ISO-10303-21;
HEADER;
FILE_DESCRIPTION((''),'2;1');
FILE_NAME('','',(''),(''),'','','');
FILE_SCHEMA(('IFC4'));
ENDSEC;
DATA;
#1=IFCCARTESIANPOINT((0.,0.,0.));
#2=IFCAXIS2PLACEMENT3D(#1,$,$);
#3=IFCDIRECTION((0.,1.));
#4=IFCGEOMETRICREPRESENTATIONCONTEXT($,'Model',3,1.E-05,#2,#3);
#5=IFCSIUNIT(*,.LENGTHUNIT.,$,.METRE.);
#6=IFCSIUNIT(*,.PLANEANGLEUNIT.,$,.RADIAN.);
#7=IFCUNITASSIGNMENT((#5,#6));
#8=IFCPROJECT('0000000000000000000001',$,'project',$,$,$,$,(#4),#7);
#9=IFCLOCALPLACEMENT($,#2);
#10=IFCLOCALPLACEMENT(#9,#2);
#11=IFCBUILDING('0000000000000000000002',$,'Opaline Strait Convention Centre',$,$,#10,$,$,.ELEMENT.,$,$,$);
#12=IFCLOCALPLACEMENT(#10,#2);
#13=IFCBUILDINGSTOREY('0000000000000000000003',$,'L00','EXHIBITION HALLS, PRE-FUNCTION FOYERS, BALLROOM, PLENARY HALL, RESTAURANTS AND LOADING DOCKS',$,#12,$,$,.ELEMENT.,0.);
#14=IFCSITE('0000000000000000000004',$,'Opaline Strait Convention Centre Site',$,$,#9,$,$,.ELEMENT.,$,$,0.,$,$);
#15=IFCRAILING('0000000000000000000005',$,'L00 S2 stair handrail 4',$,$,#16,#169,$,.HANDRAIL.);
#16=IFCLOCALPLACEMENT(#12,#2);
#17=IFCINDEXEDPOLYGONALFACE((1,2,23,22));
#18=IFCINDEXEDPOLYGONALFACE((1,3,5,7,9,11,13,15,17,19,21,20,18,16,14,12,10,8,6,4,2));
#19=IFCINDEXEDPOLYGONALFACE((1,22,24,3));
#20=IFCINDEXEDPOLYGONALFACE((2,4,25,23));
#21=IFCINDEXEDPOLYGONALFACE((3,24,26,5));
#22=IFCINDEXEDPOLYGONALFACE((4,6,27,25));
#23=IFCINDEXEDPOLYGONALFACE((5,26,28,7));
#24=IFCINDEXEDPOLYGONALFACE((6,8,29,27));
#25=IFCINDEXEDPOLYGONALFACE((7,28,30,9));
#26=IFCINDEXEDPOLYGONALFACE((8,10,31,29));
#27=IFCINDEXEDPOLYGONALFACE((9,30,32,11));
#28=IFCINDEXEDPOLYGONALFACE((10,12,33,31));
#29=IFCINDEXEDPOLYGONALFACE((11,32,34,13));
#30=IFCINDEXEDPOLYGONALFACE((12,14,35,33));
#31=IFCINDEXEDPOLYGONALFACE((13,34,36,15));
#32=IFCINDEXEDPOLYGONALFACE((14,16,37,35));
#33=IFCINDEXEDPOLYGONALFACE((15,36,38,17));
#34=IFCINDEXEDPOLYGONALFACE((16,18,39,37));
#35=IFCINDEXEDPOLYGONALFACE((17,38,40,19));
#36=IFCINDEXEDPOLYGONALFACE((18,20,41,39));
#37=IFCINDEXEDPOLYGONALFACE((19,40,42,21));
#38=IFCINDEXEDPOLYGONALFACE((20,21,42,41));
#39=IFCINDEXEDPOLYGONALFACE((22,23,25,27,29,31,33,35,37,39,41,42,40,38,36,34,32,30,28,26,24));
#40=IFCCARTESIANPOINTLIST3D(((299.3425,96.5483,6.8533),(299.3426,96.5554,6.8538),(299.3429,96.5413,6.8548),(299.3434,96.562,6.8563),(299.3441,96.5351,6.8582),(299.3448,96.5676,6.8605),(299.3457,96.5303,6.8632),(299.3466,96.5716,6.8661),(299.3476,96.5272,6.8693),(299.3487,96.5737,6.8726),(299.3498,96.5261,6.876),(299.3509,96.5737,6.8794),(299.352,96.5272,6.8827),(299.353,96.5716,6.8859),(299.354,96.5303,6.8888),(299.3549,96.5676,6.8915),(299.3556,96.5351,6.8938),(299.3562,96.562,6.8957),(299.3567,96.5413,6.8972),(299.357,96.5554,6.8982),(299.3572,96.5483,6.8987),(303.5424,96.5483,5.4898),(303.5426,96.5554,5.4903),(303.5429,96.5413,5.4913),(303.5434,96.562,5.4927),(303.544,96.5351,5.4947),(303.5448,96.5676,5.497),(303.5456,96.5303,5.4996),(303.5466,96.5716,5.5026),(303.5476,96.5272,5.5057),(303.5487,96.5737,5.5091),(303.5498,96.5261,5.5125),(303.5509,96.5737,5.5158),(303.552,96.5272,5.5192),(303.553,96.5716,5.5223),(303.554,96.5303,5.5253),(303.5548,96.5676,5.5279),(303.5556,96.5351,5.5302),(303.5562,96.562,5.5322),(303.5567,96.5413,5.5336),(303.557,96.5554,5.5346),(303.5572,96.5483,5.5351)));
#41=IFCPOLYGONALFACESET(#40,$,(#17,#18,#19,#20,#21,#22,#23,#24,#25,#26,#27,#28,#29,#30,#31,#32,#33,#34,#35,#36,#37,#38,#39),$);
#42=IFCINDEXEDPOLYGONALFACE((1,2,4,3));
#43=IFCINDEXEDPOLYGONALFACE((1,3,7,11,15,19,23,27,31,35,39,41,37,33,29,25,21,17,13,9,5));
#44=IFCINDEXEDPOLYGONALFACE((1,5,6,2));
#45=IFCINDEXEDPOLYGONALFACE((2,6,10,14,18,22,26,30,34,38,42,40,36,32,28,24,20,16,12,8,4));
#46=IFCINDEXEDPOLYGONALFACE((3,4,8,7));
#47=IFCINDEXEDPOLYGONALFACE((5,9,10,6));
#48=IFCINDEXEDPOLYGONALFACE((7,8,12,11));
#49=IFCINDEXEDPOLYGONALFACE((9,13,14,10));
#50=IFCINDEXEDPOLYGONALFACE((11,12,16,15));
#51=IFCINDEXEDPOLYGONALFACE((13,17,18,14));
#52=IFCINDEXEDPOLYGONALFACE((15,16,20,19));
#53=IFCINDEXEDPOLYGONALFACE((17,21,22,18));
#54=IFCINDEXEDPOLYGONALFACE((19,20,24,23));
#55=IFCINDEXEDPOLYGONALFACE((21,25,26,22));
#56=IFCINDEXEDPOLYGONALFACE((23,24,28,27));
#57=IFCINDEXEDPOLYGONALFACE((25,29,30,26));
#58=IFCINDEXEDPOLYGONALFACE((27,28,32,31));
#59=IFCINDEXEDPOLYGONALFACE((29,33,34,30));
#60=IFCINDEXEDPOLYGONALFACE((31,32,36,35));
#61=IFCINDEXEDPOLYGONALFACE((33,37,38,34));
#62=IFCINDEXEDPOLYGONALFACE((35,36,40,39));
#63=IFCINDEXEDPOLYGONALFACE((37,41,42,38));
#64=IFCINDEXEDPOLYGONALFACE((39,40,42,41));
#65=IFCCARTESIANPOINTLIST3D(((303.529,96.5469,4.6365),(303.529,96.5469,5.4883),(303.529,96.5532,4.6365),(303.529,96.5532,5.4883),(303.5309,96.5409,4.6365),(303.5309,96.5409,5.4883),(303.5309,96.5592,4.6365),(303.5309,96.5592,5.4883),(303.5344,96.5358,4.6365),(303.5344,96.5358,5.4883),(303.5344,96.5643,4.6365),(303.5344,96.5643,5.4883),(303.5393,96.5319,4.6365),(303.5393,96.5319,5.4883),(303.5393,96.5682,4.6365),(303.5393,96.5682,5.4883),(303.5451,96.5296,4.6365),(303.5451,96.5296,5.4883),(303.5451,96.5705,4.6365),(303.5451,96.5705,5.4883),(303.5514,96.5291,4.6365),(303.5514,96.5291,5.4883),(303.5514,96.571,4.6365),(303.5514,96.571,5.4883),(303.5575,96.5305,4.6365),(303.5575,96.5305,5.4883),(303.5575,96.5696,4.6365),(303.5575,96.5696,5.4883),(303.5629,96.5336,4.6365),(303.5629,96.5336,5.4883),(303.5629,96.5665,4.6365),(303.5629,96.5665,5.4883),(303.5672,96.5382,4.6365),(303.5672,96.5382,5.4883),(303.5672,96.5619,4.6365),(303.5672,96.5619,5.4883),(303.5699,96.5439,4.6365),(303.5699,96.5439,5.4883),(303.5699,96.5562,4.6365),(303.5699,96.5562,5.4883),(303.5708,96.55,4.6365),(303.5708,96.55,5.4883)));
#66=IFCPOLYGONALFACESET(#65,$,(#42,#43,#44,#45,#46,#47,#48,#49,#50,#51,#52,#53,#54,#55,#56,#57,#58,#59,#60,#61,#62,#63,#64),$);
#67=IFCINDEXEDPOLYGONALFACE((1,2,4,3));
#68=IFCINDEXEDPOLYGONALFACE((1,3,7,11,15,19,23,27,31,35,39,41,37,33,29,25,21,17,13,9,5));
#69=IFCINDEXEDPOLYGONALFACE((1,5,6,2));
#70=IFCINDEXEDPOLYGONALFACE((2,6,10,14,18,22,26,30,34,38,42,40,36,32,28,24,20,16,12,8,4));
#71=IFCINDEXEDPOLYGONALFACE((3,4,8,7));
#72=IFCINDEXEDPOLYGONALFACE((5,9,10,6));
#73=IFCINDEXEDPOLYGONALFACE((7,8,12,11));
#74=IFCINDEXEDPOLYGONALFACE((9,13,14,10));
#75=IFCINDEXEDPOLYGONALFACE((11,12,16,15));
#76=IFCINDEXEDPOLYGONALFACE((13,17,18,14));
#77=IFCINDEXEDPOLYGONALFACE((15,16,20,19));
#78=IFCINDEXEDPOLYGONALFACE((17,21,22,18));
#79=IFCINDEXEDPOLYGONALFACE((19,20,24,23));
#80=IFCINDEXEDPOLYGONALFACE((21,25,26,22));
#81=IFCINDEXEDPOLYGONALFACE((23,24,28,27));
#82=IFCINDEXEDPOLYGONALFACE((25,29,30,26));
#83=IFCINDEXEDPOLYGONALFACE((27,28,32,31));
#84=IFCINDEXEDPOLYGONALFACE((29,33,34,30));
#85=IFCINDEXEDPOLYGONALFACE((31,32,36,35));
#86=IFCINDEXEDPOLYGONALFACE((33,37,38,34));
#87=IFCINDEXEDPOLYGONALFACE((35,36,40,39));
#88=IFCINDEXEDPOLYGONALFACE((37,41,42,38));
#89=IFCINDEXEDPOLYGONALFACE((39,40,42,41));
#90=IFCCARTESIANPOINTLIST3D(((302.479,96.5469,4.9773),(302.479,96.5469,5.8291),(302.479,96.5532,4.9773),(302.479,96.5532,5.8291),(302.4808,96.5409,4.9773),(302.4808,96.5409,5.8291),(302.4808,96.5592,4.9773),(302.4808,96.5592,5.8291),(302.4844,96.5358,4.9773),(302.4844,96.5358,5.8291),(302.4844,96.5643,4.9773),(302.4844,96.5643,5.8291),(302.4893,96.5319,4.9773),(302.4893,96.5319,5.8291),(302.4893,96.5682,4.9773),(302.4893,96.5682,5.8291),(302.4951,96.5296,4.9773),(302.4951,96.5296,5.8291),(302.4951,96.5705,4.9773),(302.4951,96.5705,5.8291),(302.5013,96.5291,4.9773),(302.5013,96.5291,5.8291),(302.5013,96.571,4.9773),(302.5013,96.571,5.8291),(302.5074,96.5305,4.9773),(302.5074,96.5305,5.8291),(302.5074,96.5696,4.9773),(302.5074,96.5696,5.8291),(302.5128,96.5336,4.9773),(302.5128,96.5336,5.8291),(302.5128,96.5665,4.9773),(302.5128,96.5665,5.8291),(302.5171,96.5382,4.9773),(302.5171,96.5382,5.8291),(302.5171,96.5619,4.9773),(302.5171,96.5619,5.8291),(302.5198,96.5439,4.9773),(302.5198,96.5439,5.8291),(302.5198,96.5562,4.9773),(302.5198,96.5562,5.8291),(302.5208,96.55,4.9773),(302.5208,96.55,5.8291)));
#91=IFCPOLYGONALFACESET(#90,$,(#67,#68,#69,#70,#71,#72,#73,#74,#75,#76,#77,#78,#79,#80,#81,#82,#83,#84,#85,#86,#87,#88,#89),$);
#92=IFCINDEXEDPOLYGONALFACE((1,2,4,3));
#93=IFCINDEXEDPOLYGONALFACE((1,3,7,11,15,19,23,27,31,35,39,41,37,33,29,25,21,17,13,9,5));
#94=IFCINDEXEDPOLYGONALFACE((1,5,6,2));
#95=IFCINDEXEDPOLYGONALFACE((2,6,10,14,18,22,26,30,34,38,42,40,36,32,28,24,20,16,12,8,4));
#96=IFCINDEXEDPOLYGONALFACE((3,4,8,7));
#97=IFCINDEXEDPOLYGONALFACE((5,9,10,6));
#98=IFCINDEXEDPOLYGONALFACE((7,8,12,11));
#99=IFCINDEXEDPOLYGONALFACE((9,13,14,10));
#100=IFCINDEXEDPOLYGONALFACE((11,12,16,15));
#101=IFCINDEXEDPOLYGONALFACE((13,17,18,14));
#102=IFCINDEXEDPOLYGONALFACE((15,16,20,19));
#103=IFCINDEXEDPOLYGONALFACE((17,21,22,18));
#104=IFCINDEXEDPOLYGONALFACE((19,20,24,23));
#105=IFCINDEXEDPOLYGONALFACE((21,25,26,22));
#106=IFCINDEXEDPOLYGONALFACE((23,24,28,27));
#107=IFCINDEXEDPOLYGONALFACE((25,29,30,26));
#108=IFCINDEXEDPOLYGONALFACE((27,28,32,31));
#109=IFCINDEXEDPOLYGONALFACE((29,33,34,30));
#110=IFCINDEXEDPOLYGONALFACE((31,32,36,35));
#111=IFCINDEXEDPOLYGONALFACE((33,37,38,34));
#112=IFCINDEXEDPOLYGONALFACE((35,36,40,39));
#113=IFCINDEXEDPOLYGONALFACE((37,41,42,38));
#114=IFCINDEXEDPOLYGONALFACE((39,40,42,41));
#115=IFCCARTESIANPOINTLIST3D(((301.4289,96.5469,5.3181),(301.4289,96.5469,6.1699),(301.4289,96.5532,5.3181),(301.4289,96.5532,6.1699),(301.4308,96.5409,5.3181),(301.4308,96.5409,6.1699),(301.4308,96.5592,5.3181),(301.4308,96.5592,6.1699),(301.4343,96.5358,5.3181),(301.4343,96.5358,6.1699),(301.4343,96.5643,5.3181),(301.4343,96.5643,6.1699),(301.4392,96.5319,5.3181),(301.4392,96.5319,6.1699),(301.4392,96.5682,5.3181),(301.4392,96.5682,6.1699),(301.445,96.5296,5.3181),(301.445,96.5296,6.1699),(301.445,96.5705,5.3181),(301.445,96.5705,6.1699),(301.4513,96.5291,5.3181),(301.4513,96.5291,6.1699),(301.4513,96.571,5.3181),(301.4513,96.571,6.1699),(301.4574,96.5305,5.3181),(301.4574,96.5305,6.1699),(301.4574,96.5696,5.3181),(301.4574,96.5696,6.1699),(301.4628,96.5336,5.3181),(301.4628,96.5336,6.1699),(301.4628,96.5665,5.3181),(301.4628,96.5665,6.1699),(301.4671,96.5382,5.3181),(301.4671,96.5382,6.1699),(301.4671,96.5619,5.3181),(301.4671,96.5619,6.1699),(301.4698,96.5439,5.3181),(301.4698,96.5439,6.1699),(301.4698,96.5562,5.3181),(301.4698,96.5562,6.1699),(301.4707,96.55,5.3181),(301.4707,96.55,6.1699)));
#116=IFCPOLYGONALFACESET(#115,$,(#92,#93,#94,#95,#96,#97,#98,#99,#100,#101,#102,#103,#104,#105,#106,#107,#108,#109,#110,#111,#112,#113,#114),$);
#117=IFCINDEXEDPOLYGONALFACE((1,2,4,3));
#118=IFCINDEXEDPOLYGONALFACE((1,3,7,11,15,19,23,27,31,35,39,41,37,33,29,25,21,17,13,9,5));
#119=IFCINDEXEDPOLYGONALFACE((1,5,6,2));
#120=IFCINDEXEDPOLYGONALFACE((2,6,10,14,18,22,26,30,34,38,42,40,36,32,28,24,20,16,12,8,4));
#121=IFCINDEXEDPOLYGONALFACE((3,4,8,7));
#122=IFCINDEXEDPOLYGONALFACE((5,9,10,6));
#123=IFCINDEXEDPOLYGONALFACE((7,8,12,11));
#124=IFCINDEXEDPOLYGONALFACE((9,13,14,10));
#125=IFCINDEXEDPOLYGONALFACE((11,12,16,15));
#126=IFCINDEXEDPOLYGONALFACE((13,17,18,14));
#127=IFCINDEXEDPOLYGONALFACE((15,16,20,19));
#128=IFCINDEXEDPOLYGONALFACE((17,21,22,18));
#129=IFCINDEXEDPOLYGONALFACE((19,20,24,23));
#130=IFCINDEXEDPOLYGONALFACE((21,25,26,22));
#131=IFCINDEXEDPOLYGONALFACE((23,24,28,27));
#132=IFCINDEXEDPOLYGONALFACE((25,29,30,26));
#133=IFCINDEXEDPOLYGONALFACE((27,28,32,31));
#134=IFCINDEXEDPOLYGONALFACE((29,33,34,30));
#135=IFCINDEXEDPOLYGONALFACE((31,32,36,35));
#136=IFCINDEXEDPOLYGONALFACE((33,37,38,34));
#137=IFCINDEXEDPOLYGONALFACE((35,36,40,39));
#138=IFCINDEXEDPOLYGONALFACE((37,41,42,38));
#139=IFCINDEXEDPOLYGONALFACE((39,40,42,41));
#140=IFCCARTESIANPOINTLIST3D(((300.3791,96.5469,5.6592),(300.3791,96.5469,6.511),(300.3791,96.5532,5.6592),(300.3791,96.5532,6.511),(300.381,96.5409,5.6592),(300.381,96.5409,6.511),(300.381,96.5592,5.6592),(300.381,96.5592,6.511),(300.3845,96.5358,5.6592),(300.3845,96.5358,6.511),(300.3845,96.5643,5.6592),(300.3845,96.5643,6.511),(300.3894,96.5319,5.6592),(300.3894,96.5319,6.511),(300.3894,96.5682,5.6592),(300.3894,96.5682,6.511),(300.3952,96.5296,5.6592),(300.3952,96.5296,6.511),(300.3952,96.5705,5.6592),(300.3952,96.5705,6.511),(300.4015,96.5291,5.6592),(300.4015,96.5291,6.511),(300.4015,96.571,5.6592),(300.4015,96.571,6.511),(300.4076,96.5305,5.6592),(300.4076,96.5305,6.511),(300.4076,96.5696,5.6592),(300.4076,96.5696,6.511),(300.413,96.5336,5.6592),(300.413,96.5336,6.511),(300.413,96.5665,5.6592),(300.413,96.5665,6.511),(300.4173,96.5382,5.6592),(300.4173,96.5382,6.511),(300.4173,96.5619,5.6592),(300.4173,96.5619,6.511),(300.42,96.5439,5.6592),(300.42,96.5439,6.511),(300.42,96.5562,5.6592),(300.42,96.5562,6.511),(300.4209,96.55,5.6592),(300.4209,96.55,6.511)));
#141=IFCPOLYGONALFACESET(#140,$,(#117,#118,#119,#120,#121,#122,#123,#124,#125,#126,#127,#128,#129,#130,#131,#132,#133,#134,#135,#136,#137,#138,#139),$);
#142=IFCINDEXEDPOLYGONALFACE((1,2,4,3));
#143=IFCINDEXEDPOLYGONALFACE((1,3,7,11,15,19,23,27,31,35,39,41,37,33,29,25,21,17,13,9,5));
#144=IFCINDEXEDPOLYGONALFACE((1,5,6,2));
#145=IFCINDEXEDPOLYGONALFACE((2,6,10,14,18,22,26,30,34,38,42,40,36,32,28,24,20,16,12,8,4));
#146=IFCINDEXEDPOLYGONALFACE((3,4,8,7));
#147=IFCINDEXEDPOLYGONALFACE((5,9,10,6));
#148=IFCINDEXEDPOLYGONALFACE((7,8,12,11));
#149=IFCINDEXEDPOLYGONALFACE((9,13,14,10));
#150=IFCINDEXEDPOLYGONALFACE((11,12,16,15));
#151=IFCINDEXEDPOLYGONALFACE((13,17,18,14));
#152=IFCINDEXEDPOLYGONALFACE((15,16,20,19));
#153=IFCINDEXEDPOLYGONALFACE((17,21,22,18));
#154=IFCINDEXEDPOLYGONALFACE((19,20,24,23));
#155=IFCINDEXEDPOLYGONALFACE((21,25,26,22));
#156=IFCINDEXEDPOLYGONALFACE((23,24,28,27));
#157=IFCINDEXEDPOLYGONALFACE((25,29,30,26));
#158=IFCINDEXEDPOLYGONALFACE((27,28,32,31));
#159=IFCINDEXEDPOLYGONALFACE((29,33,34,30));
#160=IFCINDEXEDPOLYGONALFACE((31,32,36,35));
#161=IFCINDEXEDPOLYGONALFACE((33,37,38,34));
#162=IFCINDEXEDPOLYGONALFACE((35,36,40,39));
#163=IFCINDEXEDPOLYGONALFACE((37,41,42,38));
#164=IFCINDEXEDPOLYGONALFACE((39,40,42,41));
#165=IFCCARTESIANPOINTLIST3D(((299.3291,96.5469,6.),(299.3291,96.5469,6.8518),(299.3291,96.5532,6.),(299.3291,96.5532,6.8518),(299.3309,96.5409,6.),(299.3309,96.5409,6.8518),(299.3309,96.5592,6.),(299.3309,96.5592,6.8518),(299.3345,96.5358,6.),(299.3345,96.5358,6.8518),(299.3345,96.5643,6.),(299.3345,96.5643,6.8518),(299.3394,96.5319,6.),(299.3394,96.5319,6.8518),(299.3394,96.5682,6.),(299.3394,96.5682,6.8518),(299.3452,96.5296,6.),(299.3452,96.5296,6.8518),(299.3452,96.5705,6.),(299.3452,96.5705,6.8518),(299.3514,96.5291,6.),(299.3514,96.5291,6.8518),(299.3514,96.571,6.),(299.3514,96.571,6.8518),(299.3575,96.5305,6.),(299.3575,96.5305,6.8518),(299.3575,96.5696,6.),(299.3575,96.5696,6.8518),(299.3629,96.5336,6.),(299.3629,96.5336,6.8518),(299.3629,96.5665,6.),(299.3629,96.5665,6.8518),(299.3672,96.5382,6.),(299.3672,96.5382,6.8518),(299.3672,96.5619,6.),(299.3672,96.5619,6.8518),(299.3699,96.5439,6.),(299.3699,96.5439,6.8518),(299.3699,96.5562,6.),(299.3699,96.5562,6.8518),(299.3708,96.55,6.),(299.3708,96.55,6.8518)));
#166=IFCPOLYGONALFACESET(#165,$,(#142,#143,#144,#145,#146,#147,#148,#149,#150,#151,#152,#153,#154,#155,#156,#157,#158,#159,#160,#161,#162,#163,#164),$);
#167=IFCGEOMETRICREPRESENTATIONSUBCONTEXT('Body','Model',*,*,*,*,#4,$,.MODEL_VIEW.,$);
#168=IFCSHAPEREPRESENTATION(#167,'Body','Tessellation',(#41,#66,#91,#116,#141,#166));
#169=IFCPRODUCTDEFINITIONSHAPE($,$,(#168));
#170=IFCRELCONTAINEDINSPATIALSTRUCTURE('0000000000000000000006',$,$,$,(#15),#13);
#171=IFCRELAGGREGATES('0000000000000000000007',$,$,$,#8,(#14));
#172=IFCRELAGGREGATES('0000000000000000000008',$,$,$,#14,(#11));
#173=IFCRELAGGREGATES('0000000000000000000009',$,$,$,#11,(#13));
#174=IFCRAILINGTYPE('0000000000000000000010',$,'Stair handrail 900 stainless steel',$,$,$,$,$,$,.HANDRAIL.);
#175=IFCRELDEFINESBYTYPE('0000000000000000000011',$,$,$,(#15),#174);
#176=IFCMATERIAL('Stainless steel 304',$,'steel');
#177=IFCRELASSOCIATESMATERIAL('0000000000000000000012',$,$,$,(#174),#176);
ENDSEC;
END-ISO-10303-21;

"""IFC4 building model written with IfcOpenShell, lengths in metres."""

from ifc_helpers import new_model, si_unit, direction, frame, origin, origin_2d, place, context, subcontext, project, spatial, circle, extrude, material, type_object, element, save


model = new_model("IFC4")

# Units and contexts
model_context = context("Model", 3, precision=1e-05, world=origin(), true_north=direction((0.0, 1.0)))
body_context = subcontext(model_context, "Body", "Model", "MODEL_VIEW")
ifc_project = project(units=[si_unit("LENGTHUNIT", "METRE"), si_unit("PLANEANGLEUNIT", "RADIAN")], contexts=[model_context])

# Site, building, storey
site_placement = place(None, origin())
site = spatial("IfcSite", under=ifc_project, at=site_placement, Name="Opaline Strait Convention Centre Site", CompositionType="ELEMENT", RefElevation=0.0)
building_placement = place(site_placement, origin())
building = spatial("IfcBuilding", under=site, at=building_placement, Name="Opaline Strait Convention Centre", CompositionType="ELEMENT")
storey_placement = place(building_placement, origin())
storey = spatial("IfcBuildingStorey", under=building, at=storey_placement, Name="L00", Description="EXHIBITION HALLS, PRE-FUNCTION FOYERS, BALLROOM, PLENARY HALL, RESTAURANTS AND LOADING DOCKS", CompositionType="ELEMENT", Elevation=0.0)

# Railing
ifc_material_1 = material(Name="Stainless steel 304", Category="steel")
railing_type_1 = type_object("IfcRailingType", Name="Stair handrail 900 stainless steel", PredefinedType="HANDRAIL", material=ifc_material_1)
railing_1_placement = place(storey_placement, frame((303.5498, 96.55, 4.6365)))
element("IfcRailing", 1, at=railing_1_placement, inside=storey, type_object=railing_type_1, Name="L00 S2 stair handrail 4", PredefinedType="HANDRAIL", context=body_context, shape_type="SweptSolid", body=[
    extrude(circle(Radius=0.0239, at=origin_2d()), frame((0.0, 0.0, 0.876), z_axis=(-0.951131, 0.0, 0.308787), x_axis=(0.0, -1.0, 0.0)), (0.0, 0.0, 1.0), 4.4158),
    extrude(circle(Radius=0.021, at=origin_2d()), origin(), (0.0, 0.0, 1.0), 0.8518),
    extrude(circle(Radius=0.021, at=origin_2d()), frame((-1.05, 0.0, 0.3408)), (0.0, 0.0, 1.0), 0.8518),
    extrude(circle(Radius=0.021, at=origin_2d()), frame((-2.1001, 0.0, 0.6816)), (0.0, 0.0, 1.0), 0.8518),
    extrude(circle(Radius=0.021, at=origin_2d()), frame((-3.1499, 0.0, 1.0227)), (0.0, 0.0, 1.0), 0.8518),
    extrude(circle(Radius=0.021, at=origin_2d()), frame((-4.2, 0.0, 1.3635)), (0.0, 0.0, 1.0), 0.8518),
])

save(model, "model.ifc")
